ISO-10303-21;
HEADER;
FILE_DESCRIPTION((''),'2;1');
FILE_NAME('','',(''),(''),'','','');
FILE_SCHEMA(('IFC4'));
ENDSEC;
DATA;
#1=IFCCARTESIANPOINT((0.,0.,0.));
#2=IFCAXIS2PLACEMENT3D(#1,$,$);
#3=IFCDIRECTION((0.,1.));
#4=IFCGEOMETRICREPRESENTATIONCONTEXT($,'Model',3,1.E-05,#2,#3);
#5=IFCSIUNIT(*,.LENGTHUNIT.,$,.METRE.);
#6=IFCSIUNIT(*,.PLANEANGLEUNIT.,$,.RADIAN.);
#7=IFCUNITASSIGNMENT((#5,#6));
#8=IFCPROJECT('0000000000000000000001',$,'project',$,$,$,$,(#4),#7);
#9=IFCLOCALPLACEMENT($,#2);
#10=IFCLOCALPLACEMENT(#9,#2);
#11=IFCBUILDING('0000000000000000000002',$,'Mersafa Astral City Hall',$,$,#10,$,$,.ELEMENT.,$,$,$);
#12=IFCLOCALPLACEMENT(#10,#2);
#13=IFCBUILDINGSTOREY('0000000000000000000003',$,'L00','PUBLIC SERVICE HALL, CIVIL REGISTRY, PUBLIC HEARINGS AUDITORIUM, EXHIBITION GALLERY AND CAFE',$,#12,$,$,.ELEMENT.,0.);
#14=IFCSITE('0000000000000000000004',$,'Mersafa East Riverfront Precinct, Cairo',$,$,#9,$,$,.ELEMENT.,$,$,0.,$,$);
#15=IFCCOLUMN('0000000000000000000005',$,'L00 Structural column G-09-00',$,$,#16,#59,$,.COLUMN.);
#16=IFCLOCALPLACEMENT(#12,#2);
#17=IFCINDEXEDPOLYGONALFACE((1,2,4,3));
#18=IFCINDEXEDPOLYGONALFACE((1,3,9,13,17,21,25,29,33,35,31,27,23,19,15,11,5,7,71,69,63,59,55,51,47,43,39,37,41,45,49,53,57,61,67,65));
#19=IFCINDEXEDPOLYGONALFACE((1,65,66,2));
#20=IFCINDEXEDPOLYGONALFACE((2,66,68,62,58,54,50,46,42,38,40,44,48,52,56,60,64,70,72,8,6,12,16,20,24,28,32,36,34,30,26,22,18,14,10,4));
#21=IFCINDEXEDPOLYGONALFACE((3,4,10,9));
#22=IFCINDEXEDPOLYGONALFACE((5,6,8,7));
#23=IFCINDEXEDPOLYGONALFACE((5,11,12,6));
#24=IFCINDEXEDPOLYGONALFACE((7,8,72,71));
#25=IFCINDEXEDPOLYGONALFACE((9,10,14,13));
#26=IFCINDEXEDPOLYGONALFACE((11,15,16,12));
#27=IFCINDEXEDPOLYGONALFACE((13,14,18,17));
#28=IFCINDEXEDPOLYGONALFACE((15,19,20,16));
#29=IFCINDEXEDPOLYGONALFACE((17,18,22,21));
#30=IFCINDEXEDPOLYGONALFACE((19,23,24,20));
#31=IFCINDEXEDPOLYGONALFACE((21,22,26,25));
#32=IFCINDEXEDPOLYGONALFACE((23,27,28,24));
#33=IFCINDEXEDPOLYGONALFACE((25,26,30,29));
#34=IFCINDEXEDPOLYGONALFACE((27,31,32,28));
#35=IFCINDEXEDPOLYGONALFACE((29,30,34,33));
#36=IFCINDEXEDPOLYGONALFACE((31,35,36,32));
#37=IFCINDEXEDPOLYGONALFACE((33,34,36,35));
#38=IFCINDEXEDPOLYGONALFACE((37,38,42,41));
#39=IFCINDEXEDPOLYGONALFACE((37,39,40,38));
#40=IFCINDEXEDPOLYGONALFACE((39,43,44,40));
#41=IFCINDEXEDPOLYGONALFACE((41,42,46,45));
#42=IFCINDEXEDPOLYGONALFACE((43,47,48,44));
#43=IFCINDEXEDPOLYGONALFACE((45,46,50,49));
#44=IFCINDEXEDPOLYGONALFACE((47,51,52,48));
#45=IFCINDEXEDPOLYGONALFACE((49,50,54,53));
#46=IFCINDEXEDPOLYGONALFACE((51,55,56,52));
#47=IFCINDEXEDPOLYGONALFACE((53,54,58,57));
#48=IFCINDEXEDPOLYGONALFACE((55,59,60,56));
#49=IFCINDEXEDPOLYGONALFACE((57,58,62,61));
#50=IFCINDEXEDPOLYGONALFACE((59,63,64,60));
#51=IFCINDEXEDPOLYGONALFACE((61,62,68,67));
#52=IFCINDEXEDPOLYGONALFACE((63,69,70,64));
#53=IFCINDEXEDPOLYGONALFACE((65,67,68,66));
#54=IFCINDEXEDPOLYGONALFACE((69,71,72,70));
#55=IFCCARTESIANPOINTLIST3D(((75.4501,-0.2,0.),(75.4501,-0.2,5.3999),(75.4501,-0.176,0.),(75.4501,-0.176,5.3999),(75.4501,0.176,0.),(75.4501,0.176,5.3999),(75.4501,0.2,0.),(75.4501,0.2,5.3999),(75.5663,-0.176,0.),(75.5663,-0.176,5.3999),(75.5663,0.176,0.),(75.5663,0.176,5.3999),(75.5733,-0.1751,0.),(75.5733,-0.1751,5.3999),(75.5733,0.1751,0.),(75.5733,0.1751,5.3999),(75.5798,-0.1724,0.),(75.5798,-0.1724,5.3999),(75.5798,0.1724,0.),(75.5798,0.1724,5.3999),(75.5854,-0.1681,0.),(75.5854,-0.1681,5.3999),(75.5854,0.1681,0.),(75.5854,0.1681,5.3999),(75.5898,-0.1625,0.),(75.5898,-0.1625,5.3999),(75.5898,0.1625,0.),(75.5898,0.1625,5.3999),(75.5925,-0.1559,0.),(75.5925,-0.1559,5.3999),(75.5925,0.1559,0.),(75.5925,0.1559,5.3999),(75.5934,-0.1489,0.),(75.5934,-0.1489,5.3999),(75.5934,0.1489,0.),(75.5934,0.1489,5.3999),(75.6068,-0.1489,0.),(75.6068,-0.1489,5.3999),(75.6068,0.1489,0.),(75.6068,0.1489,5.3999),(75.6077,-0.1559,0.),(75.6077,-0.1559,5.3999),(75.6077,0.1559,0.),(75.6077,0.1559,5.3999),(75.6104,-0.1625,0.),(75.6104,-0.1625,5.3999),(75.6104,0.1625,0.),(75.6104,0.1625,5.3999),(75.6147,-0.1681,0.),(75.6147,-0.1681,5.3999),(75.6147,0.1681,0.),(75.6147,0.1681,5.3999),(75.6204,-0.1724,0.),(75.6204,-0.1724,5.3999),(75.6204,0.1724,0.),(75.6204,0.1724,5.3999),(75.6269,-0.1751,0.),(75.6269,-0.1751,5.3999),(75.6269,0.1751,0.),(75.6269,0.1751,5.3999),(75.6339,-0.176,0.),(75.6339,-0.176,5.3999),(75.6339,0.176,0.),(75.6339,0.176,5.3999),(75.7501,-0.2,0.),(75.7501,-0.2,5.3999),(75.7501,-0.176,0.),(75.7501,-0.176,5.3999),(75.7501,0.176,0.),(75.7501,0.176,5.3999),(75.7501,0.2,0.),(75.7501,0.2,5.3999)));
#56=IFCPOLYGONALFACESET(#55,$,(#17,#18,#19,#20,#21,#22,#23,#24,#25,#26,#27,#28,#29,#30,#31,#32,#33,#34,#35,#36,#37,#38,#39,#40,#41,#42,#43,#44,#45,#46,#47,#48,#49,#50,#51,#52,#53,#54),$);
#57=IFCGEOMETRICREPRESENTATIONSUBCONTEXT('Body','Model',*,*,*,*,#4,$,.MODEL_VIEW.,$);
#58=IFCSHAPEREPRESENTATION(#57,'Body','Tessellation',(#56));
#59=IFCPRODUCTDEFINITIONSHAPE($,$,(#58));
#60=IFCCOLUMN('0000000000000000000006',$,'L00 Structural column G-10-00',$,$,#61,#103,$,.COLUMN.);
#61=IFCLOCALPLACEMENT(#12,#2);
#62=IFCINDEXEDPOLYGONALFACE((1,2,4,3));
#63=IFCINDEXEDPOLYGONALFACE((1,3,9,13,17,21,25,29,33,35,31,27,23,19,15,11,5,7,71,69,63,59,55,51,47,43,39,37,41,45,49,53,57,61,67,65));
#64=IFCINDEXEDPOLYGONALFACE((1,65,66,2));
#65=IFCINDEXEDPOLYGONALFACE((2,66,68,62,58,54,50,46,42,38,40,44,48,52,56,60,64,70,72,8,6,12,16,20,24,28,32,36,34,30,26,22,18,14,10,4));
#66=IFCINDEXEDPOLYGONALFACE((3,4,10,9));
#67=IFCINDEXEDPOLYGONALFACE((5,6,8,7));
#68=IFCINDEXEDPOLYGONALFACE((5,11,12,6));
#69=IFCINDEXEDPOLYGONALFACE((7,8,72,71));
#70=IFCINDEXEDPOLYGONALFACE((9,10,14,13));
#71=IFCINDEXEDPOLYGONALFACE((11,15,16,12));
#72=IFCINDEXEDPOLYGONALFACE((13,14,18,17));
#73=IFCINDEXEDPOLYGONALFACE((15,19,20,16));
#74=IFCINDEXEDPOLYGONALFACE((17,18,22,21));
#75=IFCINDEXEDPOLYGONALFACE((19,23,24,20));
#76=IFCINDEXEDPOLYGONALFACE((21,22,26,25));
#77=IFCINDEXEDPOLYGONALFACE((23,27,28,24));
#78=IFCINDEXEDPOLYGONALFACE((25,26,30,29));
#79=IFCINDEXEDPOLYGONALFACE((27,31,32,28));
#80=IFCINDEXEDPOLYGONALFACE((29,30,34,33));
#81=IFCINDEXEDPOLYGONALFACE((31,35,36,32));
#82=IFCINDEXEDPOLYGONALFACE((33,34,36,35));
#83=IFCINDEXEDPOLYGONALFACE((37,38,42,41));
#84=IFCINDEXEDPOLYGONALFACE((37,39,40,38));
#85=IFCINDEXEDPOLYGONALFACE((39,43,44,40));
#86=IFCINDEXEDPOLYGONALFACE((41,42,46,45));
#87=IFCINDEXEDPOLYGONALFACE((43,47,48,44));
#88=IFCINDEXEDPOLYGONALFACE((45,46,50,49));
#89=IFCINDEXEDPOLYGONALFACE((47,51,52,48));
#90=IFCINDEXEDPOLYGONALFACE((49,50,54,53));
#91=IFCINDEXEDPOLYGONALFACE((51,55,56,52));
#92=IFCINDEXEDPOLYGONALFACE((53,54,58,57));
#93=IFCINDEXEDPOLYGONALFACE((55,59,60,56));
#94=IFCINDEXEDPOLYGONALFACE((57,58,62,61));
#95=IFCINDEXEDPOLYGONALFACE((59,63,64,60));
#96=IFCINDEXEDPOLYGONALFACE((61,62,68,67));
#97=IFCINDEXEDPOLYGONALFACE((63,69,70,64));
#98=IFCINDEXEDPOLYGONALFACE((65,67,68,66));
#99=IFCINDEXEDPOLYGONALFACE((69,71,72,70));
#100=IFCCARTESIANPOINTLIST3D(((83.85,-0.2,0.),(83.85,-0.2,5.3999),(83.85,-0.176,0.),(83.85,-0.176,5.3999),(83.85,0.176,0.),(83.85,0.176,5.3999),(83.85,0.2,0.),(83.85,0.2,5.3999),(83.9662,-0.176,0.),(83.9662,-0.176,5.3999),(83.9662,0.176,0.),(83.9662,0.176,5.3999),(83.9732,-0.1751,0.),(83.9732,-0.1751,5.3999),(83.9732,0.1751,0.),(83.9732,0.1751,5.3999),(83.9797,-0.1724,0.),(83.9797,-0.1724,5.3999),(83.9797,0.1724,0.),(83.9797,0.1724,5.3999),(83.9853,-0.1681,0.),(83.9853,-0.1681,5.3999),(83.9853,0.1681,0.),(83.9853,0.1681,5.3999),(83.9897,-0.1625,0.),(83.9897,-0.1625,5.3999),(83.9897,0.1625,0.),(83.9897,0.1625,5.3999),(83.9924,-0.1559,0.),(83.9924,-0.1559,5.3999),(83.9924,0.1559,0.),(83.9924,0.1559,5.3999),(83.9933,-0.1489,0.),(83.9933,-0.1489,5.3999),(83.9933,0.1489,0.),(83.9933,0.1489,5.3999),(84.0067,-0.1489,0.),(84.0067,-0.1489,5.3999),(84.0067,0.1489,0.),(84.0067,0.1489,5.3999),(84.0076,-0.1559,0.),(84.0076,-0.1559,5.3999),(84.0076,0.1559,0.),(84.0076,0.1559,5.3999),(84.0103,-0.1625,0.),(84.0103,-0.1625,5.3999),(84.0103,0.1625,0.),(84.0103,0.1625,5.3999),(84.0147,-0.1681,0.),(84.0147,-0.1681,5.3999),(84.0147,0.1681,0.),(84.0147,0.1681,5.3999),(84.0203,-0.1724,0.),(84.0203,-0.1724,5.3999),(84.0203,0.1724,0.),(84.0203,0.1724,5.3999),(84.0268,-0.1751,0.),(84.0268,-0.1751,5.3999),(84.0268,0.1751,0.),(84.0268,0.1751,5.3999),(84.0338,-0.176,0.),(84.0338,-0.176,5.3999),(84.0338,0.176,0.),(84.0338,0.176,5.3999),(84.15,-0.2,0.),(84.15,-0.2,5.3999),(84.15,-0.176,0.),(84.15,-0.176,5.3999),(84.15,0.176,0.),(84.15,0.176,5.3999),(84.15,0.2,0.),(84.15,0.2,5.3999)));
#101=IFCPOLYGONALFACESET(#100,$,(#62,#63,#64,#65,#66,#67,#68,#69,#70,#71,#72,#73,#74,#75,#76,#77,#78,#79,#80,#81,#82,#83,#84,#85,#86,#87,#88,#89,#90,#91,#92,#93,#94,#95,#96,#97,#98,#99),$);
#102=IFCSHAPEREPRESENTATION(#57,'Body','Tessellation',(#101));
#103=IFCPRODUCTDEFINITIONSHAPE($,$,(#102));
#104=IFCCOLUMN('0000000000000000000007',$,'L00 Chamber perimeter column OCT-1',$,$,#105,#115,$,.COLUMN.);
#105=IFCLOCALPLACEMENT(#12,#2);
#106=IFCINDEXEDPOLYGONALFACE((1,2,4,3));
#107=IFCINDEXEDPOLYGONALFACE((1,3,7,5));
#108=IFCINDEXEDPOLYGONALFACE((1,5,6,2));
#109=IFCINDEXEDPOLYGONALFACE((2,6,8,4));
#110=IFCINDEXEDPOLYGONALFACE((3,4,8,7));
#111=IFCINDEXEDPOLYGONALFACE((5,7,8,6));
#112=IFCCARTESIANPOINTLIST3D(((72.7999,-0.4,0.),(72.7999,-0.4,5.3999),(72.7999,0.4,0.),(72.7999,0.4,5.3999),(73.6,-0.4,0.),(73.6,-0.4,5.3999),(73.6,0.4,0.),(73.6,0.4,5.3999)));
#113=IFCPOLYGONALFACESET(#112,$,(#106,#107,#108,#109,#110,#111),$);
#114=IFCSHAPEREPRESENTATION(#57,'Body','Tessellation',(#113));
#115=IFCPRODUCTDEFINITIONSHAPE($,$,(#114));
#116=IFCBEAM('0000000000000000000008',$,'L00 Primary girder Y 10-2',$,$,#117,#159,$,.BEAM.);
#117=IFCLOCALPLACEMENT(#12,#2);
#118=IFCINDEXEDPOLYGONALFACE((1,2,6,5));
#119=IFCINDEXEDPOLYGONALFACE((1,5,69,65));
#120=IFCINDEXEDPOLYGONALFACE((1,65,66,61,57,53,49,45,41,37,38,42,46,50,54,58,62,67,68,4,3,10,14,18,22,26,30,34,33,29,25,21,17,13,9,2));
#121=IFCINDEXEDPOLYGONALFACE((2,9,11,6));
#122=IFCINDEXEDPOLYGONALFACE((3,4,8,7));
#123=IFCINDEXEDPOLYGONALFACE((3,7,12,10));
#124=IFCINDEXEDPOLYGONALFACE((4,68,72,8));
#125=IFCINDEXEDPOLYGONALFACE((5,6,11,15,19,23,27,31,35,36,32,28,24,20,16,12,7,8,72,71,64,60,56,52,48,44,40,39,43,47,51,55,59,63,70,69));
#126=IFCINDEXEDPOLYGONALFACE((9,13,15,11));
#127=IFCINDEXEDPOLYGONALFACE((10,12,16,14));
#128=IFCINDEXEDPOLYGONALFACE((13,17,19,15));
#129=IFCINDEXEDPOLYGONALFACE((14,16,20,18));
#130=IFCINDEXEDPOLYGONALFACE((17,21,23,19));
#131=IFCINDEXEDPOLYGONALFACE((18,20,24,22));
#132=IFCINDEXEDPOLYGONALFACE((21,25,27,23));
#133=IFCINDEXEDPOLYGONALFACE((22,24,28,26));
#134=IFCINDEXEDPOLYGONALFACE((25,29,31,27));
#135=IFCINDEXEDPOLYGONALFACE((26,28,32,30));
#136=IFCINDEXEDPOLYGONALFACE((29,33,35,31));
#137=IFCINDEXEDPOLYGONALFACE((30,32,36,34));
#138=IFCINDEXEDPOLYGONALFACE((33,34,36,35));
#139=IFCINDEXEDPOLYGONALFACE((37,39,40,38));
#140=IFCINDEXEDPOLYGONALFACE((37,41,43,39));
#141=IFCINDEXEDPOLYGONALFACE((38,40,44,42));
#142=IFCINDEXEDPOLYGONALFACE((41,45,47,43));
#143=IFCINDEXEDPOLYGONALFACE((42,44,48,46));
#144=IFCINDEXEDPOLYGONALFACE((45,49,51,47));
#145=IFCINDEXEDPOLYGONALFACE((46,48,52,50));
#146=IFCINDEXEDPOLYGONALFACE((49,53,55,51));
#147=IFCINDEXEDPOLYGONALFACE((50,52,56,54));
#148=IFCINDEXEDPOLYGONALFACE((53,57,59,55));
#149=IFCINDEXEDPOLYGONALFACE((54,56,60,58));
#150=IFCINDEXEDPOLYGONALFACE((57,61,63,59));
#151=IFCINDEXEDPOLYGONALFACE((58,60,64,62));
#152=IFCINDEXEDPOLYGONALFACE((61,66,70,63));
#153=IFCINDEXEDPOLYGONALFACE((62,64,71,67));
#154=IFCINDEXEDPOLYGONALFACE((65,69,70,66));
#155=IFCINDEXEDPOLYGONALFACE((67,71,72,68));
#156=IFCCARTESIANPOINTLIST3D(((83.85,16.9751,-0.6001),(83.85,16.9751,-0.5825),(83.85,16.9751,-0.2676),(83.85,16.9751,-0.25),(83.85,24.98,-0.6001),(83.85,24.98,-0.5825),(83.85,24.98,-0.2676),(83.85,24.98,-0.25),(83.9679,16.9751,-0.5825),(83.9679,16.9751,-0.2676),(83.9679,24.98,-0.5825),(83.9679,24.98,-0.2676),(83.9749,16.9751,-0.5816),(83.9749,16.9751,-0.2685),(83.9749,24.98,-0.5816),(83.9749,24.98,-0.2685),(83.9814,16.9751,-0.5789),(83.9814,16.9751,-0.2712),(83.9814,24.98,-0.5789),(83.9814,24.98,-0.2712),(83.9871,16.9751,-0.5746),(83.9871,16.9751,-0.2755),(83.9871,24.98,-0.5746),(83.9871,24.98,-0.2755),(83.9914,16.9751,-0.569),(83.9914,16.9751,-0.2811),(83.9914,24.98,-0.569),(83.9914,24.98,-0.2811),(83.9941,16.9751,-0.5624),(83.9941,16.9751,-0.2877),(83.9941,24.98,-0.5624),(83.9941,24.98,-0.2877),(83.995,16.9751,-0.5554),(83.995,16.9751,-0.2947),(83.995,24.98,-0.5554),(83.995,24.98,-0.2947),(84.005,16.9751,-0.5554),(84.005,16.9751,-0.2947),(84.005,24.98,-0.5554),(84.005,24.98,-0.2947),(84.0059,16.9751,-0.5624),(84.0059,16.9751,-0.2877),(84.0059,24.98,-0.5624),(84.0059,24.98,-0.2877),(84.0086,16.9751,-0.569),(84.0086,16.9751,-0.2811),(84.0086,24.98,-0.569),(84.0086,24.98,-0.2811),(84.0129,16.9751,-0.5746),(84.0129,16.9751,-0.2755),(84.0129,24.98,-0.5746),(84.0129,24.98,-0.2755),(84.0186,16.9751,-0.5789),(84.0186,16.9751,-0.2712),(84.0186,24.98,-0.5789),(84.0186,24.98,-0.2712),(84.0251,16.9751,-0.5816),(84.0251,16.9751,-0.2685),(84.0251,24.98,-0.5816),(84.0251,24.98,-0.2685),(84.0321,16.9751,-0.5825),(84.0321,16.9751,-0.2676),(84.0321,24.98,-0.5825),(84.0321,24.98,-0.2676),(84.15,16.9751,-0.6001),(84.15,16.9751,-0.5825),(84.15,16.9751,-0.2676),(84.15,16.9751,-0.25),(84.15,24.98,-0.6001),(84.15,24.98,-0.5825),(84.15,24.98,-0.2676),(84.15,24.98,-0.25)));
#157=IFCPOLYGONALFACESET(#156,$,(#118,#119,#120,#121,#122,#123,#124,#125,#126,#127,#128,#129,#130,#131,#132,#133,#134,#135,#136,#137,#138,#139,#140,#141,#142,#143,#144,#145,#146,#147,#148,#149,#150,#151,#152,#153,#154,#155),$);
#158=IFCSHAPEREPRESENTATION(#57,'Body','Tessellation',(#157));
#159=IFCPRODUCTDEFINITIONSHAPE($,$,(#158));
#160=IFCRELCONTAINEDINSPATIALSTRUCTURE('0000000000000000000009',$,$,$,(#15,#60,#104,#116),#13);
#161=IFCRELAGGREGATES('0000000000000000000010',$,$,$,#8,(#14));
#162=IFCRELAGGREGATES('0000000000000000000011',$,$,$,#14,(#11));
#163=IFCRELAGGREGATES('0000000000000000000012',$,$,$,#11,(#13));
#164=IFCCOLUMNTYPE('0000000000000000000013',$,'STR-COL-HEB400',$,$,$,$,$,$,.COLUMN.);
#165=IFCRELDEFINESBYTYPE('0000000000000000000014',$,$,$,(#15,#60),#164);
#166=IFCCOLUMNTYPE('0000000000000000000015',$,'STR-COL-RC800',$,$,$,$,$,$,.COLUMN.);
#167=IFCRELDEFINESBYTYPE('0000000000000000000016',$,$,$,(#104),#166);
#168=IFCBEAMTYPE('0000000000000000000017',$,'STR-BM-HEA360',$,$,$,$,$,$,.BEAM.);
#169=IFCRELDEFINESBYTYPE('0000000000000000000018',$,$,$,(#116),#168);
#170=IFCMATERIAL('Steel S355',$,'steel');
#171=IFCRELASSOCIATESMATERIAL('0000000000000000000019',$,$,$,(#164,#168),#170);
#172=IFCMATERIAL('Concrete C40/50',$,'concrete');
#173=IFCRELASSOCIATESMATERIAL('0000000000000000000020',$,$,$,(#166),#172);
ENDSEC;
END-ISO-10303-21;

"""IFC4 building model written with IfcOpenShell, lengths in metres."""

from ifc_helpers import new_model, si_unit, direction, frame, origin, origin_2d, place, context, subcontext, project, spatial, rectangle, i_section, extrude, material, material_profile, profile_set, type_object, element, save


model = new_model("IFC4")

# Units and contexts
model_context = context("Model", 3, precision=1e-05, world=origin(), true_north=direction((0.0, 1.0)))
body_context = subcontext(model_context, "Body", "Model", "MODEL_VIEW")
ifc_project = project(units=[si_unit("LENGTHUNIT", "METRE"), si_unit("PLANEANGLEUNIT", "RADIAN")], contexts=[model_context])

# Site, building, storey
site_placement = place(None, origin())
site = spatial("IfcSite", under=ifc_project, at=site_placement, Name="Mersafa East Riverfront Precinct, Cairo", CompositionType="ELEMENT", RefElevation=0.0)
building_placement = place(site_placement, origin())
building = spatial("IfcBuilding", under=site, at=building_placement, Name="Mersafa Astral City Hall", CompositionType="ELEMENT")
storey_placement = place(building_placement, origin())
storey = spatial("IfcBuildingStorey", under=building, at=storey_placement, Name="L00", Description="PUBLIC SERVICE HALL, CIVIL REGISTRY, PUBLIC HEARINGS AUDITORIUM, EXHIBITION GALLERY AND CAFE", CompositionType="ELEMENT", Elevation=0.0)

# Columns
ifc_material_1 = material(Name="Steel S355", Category="steel")
ifc_material_profile_1 = material_profile(ifc_material_1, i_section(OverallWidth=0.3, OverallDepth=0.3999, WebThickness=0.0134, FlangeThickness=0.0239, FilletRadius=0.0271, at=origin_2d()), Name="HEB 400")
ifc_profile_set_1 = profile_set([ifc_material_profile_1], Name="Steel S355")
column_type_1 = type_object("IfcColumnType", Name="STR-COL-HEB400", PredefinedType="COLUMN", material=ifc_profile_set_1)
for number, where, z_axis, x_axis, name in (
    (1, (75.6001, 0.0, 0.0), (0.0, 0.0, 1.0), (1.0, 0.0, 0.0), "L00 Structural column G-09-00"),
    (2, (84.0, 0.0, 0.0), (0.0, 0.0, 1.0), (1.0, 0.0, 0.0), "L00 Structural column G-10-00"),
):
    element("IfcColumn", number, at=place(storey_placement, frame(where, z_axis=z_axis, x_axis=x_axis)), inside=storey, type_object=column_type_1, Name=name, PredefinedType="COLUMN", context=body_context, shape_type="SweptSolid", body=[
        extrude(i_section(OverallWidth=0.3, OverallDepth=0.3999, WebThickness=0.0134, FlangeThickness=0.0239, FilletRadius=0.0271, at=origin_2d()), origin(), (0.0, 0.0, 1.0), 5.3999),
    ])
ifc_material_2 = material(Name="Concrete C40/50", Category="concrete")
ifc_material_profile_2 = material_profile(ifc_material_2, rectangle(XDim=0.8, YDim=0.8, at=origin_2d()), Name="RC 800x800")
ifc_profile_set_2 = profile_set([ifc_material_profile_2], Name="Concrete C40/50")
column_type_2 = type_object("IfcColumnType", Name="STR-COL-RC800", PredefinedType="COLUMN", material=ifc_profile_set_2)
column_placement = place(storey_placement, frame((73.2, 0.0, 0.0), z_axis=(0.0, 0.0, 1.0), x_axis=(1.0, 0.0, 0.0)))
element("IfcColumn", 3, at=column_placement, inside=storey, type_object=column_type_2, Name="L00 Chamber perimeter column OCT-1", PredefinedType="COLUMN", context=body_context, shape_type="SweptSolid", body=[
    extrude(rectangle(XDim=0.8, YDim=0.8, at=origin_2d()), origin(), (0.0, 0.0, 1.0), 5.3999),
])

# Beam
ifc_material_profile_3 = material_profile(ifc_material_1, i_section(OverallWidth=0.3, OverallDepth=0.3501, WebThickness=0.01, FlangeThickness=0.0176, FilletRadius=0.0271, at=origin_2d()), Name="HEA 360")
ifc_profile_set_3 = profile_set([ifc_material_profile_3], Name="Steel S355")
beam_type_1 = type_object("IfcBeamType", Name="STR-BM-HEA360", PredefinedType="BEAM", material=ifc_profile_set_3)
beam_1_placement = place(storey_placement, frame((84.0, 16.9751, -0.425), z_axis=(0.0, 1.0, 0.0), x_axis=(-1.0, 0.0, 0.0)))
element("IfcBeam", 4, at=beam_1_placement, inside=storey, type_object=beam_type_1, Name="L00 Primary girder Y 10-2", PredefinedType="BEAM", context=body_context, shape_type="SweptSolid", body=[
    extrude(i_section(OverallWidth=0.3, OverallDepth=0.3501, WebThickness=0.01, FlangeThickness=0.0176, FilletRadius=0.0271, at=origin_2d()), origin(), (0.0, 0.0, 1.0), 8.0049),
])

save(model, "model.ifc")
